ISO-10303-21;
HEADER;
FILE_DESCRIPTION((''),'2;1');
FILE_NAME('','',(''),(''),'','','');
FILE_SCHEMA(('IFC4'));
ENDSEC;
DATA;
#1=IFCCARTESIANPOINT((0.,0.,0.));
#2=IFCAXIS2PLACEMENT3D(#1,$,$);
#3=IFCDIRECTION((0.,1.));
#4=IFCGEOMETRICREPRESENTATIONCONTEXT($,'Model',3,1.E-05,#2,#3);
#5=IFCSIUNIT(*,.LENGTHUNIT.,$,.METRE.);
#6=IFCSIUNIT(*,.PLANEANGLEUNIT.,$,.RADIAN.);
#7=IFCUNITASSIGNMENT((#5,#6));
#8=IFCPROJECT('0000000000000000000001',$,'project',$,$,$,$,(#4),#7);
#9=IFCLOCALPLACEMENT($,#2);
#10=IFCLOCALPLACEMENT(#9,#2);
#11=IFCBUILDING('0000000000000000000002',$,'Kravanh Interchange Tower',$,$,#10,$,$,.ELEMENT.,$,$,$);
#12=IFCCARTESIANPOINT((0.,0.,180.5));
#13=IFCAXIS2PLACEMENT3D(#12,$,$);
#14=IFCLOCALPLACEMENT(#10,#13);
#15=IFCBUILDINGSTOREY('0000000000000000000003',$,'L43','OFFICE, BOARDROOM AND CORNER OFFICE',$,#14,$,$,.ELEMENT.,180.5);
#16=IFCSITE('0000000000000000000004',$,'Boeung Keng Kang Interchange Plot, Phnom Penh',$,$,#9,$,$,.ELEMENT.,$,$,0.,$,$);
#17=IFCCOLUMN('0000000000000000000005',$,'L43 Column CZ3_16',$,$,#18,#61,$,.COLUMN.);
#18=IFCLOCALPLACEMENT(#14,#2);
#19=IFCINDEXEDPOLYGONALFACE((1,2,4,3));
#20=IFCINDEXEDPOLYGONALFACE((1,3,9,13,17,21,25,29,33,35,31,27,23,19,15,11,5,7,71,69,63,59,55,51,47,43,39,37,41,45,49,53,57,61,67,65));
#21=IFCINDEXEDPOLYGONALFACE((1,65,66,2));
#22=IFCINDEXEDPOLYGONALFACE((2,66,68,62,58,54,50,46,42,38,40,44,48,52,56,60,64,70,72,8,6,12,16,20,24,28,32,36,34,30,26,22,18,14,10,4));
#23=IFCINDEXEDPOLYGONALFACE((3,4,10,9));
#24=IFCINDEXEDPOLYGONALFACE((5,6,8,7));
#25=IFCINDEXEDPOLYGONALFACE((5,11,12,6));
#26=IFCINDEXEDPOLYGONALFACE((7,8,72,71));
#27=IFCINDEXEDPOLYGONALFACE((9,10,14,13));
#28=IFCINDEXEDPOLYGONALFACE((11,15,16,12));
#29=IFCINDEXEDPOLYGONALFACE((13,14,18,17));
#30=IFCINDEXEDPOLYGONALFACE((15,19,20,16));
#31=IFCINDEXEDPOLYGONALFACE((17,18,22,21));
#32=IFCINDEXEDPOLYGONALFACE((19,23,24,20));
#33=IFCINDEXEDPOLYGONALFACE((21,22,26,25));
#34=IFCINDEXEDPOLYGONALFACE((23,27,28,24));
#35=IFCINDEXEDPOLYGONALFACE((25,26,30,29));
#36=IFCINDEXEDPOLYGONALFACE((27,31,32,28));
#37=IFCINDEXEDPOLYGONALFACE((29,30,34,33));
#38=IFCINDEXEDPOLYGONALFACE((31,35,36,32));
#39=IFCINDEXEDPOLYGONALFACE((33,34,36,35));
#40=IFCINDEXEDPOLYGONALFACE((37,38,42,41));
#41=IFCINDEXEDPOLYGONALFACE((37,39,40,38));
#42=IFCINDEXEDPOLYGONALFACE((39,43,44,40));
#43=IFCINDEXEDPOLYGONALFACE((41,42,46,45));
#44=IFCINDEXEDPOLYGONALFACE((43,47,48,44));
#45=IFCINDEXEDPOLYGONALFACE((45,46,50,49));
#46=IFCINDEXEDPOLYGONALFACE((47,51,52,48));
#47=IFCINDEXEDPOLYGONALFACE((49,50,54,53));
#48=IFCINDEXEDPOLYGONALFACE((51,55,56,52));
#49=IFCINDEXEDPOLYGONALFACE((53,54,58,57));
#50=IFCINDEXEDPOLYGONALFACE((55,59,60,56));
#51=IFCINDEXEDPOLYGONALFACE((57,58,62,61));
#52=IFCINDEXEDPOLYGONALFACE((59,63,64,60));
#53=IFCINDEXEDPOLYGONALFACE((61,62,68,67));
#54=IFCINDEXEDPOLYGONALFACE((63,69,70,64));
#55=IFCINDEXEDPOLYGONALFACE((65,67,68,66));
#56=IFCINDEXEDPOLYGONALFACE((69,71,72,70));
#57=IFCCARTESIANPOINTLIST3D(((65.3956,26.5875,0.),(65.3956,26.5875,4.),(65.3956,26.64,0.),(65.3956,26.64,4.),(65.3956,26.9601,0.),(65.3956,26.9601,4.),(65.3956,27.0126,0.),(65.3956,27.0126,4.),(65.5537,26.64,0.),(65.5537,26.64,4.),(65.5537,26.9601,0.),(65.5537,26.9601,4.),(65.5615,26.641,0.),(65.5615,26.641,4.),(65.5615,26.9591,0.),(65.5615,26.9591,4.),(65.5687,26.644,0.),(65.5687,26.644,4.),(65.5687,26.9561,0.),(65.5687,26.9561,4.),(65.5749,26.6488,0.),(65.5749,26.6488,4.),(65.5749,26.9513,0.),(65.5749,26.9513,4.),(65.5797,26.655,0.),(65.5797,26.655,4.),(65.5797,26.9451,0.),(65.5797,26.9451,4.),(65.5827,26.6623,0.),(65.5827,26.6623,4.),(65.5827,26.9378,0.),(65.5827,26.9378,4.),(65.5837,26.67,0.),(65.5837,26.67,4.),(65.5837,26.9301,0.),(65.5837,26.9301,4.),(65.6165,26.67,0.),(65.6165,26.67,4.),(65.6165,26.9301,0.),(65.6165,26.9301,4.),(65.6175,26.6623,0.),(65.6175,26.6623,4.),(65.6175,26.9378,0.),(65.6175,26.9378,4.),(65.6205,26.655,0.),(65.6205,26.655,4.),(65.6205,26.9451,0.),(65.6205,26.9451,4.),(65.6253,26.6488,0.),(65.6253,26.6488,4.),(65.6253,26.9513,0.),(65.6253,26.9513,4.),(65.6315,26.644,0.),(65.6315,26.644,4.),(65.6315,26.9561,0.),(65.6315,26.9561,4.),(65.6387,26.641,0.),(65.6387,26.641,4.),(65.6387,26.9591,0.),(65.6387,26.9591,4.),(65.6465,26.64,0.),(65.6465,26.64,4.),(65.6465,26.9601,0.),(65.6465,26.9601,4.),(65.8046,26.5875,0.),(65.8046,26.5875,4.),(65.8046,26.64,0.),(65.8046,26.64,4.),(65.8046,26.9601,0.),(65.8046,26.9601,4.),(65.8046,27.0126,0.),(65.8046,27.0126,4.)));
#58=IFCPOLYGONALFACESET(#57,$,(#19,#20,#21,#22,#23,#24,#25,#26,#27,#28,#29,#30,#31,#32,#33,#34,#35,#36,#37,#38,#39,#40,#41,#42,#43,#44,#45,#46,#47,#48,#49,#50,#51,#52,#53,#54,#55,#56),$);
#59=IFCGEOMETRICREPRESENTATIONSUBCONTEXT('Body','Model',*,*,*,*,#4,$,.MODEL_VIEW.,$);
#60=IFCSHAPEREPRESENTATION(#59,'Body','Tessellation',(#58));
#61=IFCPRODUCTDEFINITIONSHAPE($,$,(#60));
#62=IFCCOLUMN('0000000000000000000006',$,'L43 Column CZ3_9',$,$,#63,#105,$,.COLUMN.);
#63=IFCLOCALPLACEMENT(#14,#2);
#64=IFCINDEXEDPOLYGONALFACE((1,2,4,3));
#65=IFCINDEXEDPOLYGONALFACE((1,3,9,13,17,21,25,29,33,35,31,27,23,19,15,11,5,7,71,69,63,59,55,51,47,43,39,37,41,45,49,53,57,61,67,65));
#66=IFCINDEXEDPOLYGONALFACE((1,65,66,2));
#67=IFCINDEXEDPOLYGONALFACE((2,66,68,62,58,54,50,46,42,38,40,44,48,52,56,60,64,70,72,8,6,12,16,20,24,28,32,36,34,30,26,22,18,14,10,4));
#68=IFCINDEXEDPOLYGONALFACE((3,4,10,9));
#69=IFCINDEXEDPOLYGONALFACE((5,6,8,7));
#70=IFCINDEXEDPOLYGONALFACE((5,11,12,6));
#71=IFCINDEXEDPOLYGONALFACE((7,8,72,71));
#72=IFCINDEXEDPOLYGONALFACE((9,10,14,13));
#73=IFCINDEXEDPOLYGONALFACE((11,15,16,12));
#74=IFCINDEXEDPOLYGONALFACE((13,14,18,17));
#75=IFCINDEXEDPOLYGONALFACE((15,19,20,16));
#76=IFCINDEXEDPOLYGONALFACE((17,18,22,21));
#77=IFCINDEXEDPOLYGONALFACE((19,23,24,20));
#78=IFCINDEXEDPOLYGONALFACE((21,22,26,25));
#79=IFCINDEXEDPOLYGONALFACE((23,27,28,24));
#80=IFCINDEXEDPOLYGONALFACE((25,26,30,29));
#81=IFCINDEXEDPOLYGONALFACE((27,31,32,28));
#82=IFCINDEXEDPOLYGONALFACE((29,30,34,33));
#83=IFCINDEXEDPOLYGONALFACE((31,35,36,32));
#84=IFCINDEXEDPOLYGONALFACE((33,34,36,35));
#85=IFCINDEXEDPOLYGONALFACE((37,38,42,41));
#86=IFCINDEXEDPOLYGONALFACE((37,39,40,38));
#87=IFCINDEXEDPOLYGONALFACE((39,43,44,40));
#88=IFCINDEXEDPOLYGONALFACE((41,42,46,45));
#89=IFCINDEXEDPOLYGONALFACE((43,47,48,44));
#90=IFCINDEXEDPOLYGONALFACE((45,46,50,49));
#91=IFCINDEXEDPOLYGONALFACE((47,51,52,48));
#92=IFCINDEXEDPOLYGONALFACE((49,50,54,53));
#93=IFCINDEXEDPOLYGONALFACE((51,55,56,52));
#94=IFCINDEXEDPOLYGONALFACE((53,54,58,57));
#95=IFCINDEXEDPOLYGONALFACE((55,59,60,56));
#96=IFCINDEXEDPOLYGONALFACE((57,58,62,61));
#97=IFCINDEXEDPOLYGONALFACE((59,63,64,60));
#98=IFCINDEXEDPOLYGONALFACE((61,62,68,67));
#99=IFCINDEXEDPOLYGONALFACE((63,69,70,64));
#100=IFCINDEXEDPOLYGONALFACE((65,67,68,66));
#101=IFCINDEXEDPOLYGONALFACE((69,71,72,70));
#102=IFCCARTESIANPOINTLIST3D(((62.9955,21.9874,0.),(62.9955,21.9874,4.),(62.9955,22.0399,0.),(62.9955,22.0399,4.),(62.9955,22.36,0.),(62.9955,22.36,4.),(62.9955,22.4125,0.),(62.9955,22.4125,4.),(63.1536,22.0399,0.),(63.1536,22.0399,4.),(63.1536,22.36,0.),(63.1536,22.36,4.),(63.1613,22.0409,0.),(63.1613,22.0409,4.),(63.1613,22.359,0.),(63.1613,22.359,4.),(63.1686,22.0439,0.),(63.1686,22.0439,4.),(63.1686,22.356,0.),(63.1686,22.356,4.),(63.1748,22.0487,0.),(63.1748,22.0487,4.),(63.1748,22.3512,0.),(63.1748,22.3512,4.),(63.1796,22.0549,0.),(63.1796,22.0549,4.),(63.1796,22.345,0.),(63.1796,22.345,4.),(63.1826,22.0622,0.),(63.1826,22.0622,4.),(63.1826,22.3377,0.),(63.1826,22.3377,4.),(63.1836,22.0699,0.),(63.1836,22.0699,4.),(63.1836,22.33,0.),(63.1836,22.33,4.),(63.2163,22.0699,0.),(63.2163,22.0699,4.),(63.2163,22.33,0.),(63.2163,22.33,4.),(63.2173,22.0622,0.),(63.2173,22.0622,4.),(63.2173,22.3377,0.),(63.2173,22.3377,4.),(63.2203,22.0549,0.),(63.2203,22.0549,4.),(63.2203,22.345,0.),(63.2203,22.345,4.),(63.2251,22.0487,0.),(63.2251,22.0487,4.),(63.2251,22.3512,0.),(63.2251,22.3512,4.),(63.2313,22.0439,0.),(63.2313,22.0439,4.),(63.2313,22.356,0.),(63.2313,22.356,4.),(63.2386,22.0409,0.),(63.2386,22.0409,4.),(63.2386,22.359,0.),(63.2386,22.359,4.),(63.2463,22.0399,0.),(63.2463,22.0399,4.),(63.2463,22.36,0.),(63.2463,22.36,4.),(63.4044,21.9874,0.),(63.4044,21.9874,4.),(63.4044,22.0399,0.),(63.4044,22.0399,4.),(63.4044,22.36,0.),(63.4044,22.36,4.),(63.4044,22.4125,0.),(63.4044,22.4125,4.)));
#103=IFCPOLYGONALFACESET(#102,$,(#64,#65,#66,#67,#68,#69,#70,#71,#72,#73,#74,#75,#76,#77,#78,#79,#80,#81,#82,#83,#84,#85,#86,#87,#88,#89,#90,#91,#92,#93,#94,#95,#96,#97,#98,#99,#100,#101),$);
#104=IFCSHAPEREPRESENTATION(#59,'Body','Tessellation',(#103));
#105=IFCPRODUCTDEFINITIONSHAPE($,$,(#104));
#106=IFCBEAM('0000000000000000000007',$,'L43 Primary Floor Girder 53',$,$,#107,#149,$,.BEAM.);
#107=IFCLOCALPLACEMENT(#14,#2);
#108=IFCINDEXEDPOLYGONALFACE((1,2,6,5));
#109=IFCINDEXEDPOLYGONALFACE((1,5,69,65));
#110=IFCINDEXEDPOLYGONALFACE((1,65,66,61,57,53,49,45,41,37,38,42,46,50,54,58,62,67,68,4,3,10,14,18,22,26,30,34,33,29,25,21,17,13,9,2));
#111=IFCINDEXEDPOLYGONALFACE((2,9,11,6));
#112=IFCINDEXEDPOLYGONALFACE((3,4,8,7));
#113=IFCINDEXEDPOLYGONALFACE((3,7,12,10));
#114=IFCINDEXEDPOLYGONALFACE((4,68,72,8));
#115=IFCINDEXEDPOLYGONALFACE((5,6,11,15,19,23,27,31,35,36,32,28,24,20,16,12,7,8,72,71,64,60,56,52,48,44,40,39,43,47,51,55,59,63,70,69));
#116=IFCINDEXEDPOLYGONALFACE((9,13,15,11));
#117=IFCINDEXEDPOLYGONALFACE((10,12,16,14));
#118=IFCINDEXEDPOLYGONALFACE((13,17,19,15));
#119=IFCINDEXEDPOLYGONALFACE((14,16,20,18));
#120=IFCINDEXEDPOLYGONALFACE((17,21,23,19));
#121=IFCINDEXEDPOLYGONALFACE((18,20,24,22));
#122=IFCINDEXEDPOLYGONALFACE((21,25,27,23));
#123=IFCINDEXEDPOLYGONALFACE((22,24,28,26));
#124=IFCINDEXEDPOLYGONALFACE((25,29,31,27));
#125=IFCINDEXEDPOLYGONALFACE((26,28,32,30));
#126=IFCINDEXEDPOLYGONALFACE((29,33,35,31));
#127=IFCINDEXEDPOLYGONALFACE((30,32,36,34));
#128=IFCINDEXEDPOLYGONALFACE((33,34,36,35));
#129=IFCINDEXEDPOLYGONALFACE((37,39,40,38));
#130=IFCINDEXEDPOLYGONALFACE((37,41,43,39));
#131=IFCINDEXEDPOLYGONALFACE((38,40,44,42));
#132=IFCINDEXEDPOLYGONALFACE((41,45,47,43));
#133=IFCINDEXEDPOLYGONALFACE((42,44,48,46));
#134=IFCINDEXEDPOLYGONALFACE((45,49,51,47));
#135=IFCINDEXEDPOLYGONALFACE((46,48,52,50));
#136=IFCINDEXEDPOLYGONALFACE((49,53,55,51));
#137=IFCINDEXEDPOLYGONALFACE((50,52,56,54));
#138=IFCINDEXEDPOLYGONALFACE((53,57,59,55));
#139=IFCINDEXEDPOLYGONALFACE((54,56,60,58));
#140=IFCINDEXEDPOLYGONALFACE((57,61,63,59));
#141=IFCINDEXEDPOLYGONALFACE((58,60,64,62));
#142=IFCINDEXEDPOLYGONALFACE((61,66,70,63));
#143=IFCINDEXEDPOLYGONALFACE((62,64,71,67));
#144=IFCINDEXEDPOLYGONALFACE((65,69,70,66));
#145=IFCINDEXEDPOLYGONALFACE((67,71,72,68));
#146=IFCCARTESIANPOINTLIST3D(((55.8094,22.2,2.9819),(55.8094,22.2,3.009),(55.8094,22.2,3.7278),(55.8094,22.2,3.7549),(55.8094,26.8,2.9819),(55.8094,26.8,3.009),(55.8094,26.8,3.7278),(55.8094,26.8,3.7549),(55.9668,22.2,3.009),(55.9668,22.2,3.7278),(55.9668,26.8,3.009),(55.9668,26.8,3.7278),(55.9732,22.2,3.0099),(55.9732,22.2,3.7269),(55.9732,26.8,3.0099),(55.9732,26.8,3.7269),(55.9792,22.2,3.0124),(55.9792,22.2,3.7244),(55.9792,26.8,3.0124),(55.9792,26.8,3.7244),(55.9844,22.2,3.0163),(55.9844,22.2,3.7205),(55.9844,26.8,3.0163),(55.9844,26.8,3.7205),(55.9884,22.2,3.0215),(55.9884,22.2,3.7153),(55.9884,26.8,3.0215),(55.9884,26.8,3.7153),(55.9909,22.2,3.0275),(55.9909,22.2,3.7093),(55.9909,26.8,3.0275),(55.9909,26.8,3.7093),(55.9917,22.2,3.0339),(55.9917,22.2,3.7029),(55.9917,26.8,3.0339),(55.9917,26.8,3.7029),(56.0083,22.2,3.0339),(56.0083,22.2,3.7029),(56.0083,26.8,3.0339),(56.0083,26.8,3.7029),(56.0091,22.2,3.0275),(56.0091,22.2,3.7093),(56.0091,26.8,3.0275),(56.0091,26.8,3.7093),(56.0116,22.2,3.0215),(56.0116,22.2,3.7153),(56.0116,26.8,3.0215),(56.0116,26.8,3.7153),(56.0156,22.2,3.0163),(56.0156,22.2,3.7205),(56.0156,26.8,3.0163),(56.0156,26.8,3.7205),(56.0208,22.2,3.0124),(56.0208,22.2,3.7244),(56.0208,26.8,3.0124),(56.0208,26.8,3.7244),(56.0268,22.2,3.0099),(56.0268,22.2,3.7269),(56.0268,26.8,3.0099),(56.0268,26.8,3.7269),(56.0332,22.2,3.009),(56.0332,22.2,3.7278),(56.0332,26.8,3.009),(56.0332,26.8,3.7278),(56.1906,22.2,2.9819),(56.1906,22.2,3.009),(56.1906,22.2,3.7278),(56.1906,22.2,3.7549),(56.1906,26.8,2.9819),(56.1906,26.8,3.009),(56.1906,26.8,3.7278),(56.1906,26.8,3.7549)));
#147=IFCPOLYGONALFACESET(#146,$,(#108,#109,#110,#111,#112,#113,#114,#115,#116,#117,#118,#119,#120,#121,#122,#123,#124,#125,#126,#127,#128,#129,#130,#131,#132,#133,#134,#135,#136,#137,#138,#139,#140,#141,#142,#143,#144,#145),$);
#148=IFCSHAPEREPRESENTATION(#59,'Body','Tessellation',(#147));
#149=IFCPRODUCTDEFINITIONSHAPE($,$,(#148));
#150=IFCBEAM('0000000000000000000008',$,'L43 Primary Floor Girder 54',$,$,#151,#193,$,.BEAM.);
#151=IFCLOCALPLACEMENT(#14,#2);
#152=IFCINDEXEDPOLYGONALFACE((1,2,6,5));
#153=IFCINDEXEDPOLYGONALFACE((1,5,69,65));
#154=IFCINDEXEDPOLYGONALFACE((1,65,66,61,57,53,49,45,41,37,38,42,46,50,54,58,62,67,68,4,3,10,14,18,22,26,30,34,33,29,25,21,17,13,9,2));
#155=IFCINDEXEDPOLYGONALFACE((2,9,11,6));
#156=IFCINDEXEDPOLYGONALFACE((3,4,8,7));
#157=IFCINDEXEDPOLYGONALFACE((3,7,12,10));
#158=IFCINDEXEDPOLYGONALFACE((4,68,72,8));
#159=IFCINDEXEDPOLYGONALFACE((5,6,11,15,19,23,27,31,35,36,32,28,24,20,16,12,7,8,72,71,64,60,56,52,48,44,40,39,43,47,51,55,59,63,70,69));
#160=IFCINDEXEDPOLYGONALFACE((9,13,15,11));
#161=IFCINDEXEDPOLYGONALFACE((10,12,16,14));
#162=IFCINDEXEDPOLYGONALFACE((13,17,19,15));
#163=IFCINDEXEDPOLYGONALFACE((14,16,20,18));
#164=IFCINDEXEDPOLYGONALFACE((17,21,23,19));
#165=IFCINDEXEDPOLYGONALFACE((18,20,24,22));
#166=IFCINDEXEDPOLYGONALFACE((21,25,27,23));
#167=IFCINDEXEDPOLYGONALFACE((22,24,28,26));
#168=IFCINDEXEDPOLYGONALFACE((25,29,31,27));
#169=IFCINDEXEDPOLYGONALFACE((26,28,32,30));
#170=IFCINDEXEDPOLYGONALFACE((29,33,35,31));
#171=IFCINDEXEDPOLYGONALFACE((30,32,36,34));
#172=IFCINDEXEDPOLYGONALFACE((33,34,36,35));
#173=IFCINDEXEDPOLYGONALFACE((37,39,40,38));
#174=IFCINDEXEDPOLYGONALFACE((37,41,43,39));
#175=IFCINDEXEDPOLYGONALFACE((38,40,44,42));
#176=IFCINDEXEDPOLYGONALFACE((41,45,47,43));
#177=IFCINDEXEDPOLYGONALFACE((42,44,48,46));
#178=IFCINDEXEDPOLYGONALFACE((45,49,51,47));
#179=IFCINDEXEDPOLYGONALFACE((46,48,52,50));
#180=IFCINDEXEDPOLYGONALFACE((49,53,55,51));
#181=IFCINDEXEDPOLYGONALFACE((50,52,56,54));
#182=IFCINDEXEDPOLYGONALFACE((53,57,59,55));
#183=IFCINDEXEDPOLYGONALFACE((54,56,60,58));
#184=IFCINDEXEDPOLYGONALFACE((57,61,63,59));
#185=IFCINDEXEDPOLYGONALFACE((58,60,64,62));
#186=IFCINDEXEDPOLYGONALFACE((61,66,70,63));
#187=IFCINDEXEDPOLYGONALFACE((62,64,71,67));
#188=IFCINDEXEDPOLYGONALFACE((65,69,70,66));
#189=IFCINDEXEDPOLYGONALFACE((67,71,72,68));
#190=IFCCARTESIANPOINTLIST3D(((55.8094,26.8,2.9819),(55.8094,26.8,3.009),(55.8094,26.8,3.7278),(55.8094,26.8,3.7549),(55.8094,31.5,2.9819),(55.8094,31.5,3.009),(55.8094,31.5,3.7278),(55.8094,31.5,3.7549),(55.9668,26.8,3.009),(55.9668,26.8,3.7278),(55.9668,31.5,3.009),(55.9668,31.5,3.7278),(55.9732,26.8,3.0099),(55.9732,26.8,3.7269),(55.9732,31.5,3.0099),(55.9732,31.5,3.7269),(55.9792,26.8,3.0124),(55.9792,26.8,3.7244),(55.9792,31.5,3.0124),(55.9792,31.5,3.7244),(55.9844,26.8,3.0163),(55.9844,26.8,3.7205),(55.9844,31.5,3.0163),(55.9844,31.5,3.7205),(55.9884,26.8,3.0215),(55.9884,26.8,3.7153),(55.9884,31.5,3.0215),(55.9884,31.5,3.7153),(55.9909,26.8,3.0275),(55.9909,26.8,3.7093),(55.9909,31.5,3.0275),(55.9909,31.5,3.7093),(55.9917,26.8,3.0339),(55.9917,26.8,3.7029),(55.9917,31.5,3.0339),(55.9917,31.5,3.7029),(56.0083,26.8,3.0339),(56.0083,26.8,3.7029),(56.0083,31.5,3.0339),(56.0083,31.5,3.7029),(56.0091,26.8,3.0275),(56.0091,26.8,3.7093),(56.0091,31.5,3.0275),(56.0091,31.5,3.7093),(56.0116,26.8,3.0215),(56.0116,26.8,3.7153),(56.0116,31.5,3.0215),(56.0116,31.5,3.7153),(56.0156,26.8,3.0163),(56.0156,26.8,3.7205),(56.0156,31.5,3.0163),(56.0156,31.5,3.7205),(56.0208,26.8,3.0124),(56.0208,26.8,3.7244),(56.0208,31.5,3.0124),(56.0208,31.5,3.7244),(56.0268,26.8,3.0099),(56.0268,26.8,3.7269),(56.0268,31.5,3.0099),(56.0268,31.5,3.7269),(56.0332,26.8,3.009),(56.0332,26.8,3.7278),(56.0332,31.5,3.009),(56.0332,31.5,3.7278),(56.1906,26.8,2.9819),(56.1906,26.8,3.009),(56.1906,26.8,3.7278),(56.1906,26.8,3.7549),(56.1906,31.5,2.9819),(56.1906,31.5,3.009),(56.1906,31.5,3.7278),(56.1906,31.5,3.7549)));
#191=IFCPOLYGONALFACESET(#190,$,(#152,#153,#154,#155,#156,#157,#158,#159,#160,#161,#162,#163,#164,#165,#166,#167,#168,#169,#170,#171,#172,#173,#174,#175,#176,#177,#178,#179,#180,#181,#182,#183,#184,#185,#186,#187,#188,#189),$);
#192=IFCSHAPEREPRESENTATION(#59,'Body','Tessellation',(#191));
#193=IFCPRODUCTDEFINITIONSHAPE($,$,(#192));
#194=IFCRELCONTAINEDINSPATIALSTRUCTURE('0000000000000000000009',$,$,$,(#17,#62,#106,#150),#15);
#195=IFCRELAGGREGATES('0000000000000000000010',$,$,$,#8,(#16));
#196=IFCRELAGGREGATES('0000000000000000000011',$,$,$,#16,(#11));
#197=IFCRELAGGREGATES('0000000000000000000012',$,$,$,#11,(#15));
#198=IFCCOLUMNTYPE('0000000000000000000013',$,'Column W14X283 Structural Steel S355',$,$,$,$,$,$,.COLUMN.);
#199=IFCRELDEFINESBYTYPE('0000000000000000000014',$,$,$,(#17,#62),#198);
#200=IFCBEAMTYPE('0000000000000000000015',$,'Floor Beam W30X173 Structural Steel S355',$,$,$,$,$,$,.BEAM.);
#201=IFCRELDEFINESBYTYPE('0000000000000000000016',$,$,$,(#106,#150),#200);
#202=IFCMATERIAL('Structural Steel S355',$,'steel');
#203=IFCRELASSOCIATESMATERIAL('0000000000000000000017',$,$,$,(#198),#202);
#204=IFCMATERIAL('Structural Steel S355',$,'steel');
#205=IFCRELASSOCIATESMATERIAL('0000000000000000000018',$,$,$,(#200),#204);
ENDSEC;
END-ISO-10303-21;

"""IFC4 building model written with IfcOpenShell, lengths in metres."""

from ifc_helpers import new_model, si_unit, direction, frame, origin, origin_2d, place, context, subcontext, project, spatial, i_section, extrude, material, material_profile, profile_set, type_object, element, save


model = new_model("IFC4")

# Units and contexts
model_context = context("Model", 3, precision=1e-05, world=origin(), true_north=direction((0.0, 1.0)))
body_context = subcontext(model_context, "Body", "Model", "MODEL_VIEW")
ifc_project = project(units=[si_unit("LENGTHUNIT", "METRE"), si_unit("PLANEANGLEUNIT", "RADIAN")], contexts=[model_context])

# Site, building, storey
site_placement = place(None, origin())
site = spatial("IfcSite", under=ifc_project, at=site_placement, Name="Boeung Keng Kang Interchange Plot, Phnom Penh", CompositionType="ELEMENT", RefElevation=0.0)
building_placement = place(site_placement, origin())
building = spatial("IfcBuilding", under=site, at=building_placement, Name="Kravanh Interchange Tower", CompositionType="ELEMENT")
storey_placement = place(building_placement, frame((0.0, 0.0, 180.5)))
storey = spatial("IfcBuildingStorey", under=building, at=storey_placement, Name="L43", Description="OFFICE, BOARDROOM AND CORNER OFFICE", CompositionType="ELEMENT", Elevation=180.5)

# Columns
ifc_material_1 = material(Name="Structural Steel S355", Category="steel")
ifc_material_profile_1 = material_profile(ifc_material_1, i_section(OverallWidth=0.4089, OverallDepth=0.425, WebThickness=0.0327, FlangeThickness=0.0525, FilletRadius=0.03, at=origin_2d()), Name="W14X283")
ifc_profile_set_1 = profile_set([ifc_material_profile_1], Name="Structural Steel S355")
column_type = type_object("IfcColumnType", Name="Column W14X283 Structural Steel S355", PredefinedType="COLUMN", material=ifc_profile_set_1)
for number, where, z_axis, x_axis, name in (
    (1, (65.6001, 26.8, 0.0), (0.0, 0.0, 1.0), (1.0, 0.0, 0.0), "L43 Column CZ3_16"),
    (2, (63.2, 22.2, 0.0), (0.0, 0.0, 1.0), (1.0, 0.0, 0.0), "L43 Column CZ3_9"),
):
    element("IfcColumn", number, at=place(storey_placement, frame(where, z_axis=z_axis, x_axis=x_axis)), inside=storey, type_object=column_type, Name=name, PredefinedType="COLUMN", context=body_context, shape_type="SweptSolid", body=[
        extrude(i_section(OverallWidth=0.4089, OverallDepth=0.425, WebThickness=0.0327, FlangeThickness=0.0525, FilletRadius=0.03, at=origin_2d()), origin(), (0.0, 0.0, 1.0), 4.0),
    ])

# Beams
ifc_material_2 = material(Name="Structural Steel S355", Category="steel")
ifc_material_profile_2 = material_profile(ifc_material_2, i_section(OverallWidth=0.3811, OverallDepth=0.7729, WebThickness=0.0166, FlangeThickness=0.0271, FilletRadius=0.0249, at=origin_2d()), Name="W30X173")
ifc_profile_set_2 = profile_set([ifc_material_profile_2], Name="Structural Steel S355")
beam_type_1 = type_object("IfcBeamType", Name="Floor Beam W30X173 Structural Steel S355", PredefinedType="BEAM", material=ifc_profile_set_2)
beam_1_placement = place(storey_placement, frame((56.0, 26.8, 3.3684), z_axis=(0.0, -1.0, 0.0), x_axis=(1.0, 0.0, 0.0)))
element("IfcBeam", 3, at=beam_1_placement, inside=storey, type_object=beam_type_1, Name="L43 Primary Floor Girder 53", PredefinedType="BEAM", context=body_context, shape_type="SweptSolid", body=[
    extrude(i_section(OverallWidth=0.3811, OverallDepth=0.7729, WebThickness=0.0166, FlangeThickness=0.0271, FilletRadius=0.0249, at=origin_2d()), origin(), (0.0, 0.0, 1.0), 4.6001),
])
for number, where, z_axis, x_axis, name in (
    (4, (56.0, 26.8, 3.3684), (0.0, 1.0, 0.0), (-1.0, 0.0, 0.0), "L43 Primary Floor Girder 54"),
):
    element("IfcBeam", number, at=place(storey_placement, frame(where, z_axis=z_axis, x_axis=x_axis)), inside=storey, type_object=beam_type_1, Name=name, PredefinedType="BEAM", context=body_context, shape_type="SweptSolid", body=[
        extrude(i_section(OverallWidth=0.3811, OverallDepth=0.7729, WebThickness=0.0166, FlangeThickness=0.0271, FilletRadius=0.0249, at=origin_2d()), origin(), (0.0, 0.0, 1.0), 4.7),
    ])

save(model, "model.ifc")
